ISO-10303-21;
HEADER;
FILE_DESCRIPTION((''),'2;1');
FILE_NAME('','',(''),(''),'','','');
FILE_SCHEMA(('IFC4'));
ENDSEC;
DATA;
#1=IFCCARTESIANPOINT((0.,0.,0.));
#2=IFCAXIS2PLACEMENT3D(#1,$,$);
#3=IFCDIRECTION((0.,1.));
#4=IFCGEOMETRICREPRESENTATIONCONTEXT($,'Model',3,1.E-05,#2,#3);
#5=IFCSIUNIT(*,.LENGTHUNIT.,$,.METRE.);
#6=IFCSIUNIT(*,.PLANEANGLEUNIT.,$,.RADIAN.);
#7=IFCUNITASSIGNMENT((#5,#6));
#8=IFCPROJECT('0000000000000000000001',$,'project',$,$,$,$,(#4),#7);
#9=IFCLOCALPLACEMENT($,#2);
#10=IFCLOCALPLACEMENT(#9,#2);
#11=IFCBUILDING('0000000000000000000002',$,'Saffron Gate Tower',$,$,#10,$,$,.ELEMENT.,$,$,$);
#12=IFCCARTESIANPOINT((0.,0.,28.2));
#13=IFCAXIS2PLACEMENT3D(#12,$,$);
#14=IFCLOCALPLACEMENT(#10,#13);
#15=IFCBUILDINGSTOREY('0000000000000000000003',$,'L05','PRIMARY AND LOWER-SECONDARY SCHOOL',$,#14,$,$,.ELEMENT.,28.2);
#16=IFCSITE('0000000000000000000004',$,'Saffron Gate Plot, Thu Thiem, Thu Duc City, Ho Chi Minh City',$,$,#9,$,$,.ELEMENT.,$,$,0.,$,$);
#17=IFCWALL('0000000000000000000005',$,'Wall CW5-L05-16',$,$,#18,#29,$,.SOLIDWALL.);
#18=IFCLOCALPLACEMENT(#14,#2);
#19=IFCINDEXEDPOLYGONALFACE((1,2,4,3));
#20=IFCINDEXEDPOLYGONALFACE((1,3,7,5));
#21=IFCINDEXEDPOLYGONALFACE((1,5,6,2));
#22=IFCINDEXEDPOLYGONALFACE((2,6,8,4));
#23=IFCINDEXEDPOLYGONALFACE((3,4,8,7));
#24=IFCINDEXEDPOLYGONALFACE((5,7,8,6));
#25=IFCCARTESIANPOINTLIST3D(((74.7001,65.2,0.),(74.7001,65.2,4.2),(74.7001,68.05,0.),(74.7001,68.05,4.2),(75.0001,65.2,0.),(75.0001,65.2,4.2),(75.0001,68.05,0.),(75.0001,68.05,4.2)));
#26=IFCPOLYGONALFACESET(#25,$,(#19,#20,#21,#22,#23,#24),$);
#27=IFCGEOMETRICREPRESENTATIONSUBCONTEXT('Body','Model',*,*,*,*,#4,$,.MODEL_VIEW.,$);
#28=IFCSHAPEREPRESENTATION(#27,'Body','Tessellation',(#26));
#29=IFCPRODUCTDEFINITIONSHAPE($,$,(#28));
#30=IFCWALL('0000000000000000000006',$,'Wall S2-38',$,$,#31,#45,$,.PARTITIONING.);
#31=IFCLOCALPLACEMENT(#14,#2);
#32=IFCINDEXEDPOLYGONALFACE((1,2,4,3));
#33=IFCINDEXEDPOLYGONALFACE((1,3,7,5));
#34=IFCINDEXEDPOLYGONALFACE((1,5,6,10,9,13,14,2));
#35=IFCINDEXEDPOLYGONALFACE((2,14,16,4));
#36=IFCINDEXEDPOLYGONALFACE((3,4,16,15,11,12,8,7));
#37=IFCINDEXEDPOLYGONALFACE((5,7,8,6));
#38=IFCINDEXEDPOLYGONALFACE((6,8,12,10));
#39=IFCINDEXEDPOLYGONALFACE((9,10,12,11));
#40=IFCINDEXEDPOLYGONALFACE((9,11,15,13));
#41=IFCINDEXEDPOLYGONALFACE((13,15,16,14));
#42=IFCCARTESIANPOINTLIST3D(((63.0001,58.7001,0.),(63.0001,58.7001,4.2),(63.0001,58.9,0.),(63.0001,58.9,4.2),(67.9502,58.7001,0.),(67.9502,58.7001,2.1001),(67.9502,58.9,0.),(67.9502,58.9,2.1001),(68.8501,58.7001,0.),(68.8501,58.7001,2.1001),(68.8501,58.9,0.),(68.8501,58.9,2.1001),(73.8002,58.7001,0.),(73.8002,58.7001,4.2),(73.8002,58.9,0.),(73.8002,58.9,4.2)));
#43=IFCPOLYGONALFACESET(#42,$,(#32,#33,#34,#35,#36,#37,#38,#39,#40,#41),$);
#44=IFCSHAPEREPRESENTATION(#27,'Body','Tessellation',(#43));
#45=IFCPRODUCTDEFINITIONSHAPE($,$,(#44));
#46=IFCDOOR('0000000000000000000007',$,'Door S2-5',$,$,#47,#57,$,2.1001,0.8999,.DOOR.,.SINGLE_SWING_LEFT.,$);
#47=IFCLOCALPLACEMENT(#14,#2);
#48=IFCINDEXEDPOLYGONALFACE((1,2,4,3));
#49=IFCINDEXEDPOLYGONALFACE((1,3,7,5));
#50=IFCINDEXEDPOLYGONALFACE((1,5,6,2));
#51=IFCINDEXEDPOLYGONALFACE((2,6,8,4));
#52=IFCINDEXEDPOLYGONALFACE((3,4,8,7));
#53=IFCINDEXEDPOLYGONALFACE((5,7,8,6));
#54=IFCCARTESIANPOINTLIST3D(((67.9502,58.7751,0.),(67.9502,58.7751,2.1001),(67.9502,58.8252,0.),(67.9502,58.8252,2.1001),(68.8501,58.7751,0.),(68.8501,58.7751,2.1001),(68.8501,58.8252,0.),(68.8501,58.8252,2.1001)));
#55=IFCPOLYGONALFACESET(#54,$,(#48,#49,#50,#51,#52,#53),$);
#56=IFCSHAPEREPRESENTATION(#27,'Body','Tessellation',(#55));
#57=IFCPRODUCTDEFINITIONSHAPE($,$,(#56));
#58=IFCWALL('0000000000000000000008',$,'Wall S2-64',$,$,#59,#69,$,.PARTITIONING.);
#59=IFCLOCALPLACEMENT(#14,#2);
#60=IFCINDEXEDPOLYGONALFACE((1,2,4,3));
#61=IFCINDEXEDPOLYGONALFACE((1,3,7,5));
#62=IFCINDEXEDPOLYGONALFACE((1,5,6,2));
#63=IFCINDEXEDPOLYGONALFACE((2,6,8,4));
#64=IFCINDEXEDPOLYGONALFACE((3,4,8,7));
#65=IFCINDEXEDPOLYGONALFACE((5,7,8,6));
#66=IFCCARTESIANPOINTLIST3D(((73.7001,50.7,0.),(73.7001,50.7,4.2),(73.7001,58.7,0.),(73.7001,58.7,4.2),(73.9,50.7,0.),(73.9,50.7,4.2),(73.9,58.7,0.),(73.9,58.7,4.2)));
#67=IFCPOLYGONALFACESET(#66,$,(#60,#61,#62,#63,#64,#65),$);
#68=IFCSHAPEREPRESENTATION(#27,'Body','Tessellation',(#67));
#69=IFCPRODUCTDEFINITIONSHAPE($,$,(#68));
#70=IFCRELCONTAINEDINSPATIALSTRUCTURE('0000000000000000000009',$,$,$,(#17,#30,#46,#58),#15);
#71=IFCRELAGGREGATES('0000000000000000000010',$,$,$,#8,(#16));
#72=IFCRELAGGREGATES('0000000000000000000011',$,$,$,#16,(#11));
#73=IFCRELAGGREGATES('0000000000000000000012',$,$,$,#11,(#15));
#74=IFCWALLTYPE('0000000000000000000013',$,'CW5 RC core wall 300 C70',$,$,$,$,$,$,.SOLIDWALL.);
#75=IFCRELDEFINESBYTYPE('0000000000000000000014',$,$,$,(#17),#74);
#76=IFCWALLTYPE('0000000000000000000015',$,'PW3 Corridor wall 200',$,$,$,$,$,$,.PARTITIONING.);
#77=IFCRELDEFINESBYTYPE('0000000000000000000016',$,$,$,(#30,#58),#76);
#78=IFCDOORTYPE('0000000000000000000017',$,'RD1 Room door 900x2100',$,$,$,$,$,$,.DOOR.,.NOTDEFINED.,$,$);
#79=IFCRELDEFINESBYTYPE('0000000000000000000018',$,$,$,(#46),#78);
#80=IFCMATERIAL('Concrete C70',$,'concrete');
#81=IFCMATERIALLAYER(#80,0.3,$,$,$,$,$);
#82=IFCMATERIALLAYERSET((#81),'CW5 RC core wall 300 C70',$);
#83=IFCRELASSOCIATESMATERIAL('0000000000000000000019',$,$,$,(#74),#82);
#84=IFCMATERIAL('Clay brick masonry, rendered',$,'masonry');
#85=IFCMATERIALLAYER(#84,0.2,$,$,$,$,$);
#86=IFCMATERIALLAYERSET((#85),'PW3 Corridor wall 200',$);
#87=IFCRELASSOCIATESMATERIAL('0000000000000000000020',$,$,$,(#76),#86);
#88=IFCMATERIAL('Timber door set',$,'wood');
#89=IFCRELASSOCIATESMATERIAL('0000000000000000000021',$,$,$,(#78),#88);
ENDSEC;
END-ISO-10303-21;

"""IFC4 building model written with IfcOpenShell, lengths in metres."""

from ifc_helpers import new_model, si_unit, direction, frame, frame_2d, origin, place, context, subcontext, project, spatial, rectangle, extrude, material, layer, layer_set, type_object, element, fill, save


model = new_model("IFC4")

# Units and contexts
model_context = context("Model", 3, precision=1e-05, world=origin(), true_north=direction((0.0, 1.0)))
body_context = subcontext(model_context, "Body", "Model", "MODEL_VIEW")
ifc_project = project(units=[si_unit("LENGTHUNIT", "METRE"), si_unit("PLANEANGLEUNIT", "RADIAN")], contexts=[model_context])

# Site, building, storey
site_placement = place(None, origin())
site = spatial("IfcSite", under=ifc_project, at=site_placement, Name="Saffron Gate Plot, Thu Thiem, Thu Duc City, Ho Chi Minh City", CompositionType="ELEMENT", RefElevation=0.0)
building_placement = place(site_placement, origin())
building = spatial("IfcBuilding", under=site, at=building_placement, Name="Saffron Gate Tower", CompositionType="ELEMENT")
storey_placement = place(building_placement, frame((0.0, 0.0, 28.2)))
storey = spatial("IfcBuildingStorey", under=building, at=storey_placement, Name="L05", Description="PRIMARY AND LOWER-SECONDARY SCHOOL", CompositionType="ELEMENT", Elevation=28.2)

# Shared definitions
ifc_material_1 = material(Name="Concrete C70", Category="concrete")

# Wall
ifc_layer_1 = layer(ifc_material_1, 0.3)
ifc_layer_set_1 = layer_set([ifc_layer_1], Name="CW5 RC core wall 300 C70")
wall_type_1 = type_object("IfcWallType", Name="CW5 RC core wall 300 C70", PredefinedType="SOLIDWALL", material=ifc_layer_set_1)
wall_1_placement = place(storey_placement, frame((74.8501, 65.2, 0.0), z_axis=(0.0, 0.0, 1.0), x_axis=(0.0, 1.0, 0.0)))
element("IfcWall", 1, at=wall_1_placement, inside=storey, type_object=wall_type_1, Name="Wall CW5-L05-16", PredefinedType="SOLIDWALL", context=body_context, shape_type="SweptSolid", body=[
    extrude(rectangle(XDim=2.8501, YDim=0.3, at=frame_2d((1.425, 0.0))), origin(), (0.0, 0.0, 1.0), 4.2),
])

# Wall, opening, door
ifc_material_2 = material(Name="Clay brick masonry, rendered", Category="masonry")
ifc_layer_2 = layer(ifc_material_2, 0.2)
ifc_layer_set_2 = layer_set([ifc_layer_2], Name="PW3 Corridor wall 200")
wall_type_2 = type_object("IfcWallType", Name="PW3 Corridor wall 200", PredefinedType="PARTITIONING", material=ifc_layer_set_2)
wall_2_placement = place(storey_placement, frame((73.8, 58.8, 0.0), z_axis=(0.0, 0.0, 1.0), x_axis=(-1.0, 0.0, 0.0)))
wall_2 = element("IfcWall", 2, at=wall_2_placement, inside=storey, type_object=wall_type_2, Name="Wall S2-38", PredefinedType="PARTITIONING", context=body_context, shape_type="SweptSolid", body=[
    extrude(rectangle(XDim=10.8, YDim=0.2, at=frame_2d((5.3999, 0.0))), origin(), (0.0, 0.0, 1.0), 4.2),
])
opening_1_placement = place(wall_2_placement, frame((4.95, 0.0, 0.0)))
opening_1 = element("IfcOpeningElement", 3, at=opening_1_placement, cuts=wall_2, PredefinedType="OPENING", context=body_context, shape_type="SweptSolid", body=[
    extrude(rectangle(XDim=0.8999, YDim=2.1001, at=frame_2d((0.45, 1.05))), frame((0.0, 0.1099, 0.0), z_axis=(0.0, -1.0, 0.0), x_axis=(1.0, 0.0, 0.0)), (0.0, 0.0, 1.0), 0.22),
])
ifc_material_3 = material(Name="Timber door set", Category="wood")
door_type_1 = type_object("IfcDoorType", Name="RD1 Room door 900x2100", OperationType="NOTDEFINED", PredefinedType="DOOR", material=ifc_material_3)
door_1_placement = place(opening_1_placement, origin())
door_1 = element("IfcDoor", 4, at=door_1_placement, inside=storey, type_object=door_type_1, Name="Door S2-5", OperationType="SINGLE_SWING_LEFT", OverallHeight=2.1001, OverallWidth=0.8999, PredefinedType="DOOR", context=body_context, shape_type="SweptSolid", body=[
    extrude(rectangle(XDim=0.8999, YDim=2.1001, at=frame_2d((0.45, 1.05))), frame((0.0, 0.0249, 0.0), z_axis=(0.0, -1.0, 0.0), x_axis=(1.0, 0.0, 0.0)), (0.0, 0.0, 1.0), 0.05),
])
fill(opening_1, door_1)

# Wall
wall_3_placement = place(storey_placement, frame((73.8, 58.7, 0.0), z_axis=(0.0, 0.0, 1.0), x_axis=(0.0, -1.0, 0.0)))
element("IfcWall", 5, at=wall_3_placement, inside=storey, type_object=wall_type_2, Name="Wall S2-64", PredefinedType="PARTITIONING", context=body_context, shape_type="SweptSolid", body=[
    extrude(rectangle(XDim=8.0, YDim=0.2, at=frame_2d((4.0, 0.0))), origin(), (0.0, 0.0, 1.0), 4.2),
])

save(model, "model.ifc")
